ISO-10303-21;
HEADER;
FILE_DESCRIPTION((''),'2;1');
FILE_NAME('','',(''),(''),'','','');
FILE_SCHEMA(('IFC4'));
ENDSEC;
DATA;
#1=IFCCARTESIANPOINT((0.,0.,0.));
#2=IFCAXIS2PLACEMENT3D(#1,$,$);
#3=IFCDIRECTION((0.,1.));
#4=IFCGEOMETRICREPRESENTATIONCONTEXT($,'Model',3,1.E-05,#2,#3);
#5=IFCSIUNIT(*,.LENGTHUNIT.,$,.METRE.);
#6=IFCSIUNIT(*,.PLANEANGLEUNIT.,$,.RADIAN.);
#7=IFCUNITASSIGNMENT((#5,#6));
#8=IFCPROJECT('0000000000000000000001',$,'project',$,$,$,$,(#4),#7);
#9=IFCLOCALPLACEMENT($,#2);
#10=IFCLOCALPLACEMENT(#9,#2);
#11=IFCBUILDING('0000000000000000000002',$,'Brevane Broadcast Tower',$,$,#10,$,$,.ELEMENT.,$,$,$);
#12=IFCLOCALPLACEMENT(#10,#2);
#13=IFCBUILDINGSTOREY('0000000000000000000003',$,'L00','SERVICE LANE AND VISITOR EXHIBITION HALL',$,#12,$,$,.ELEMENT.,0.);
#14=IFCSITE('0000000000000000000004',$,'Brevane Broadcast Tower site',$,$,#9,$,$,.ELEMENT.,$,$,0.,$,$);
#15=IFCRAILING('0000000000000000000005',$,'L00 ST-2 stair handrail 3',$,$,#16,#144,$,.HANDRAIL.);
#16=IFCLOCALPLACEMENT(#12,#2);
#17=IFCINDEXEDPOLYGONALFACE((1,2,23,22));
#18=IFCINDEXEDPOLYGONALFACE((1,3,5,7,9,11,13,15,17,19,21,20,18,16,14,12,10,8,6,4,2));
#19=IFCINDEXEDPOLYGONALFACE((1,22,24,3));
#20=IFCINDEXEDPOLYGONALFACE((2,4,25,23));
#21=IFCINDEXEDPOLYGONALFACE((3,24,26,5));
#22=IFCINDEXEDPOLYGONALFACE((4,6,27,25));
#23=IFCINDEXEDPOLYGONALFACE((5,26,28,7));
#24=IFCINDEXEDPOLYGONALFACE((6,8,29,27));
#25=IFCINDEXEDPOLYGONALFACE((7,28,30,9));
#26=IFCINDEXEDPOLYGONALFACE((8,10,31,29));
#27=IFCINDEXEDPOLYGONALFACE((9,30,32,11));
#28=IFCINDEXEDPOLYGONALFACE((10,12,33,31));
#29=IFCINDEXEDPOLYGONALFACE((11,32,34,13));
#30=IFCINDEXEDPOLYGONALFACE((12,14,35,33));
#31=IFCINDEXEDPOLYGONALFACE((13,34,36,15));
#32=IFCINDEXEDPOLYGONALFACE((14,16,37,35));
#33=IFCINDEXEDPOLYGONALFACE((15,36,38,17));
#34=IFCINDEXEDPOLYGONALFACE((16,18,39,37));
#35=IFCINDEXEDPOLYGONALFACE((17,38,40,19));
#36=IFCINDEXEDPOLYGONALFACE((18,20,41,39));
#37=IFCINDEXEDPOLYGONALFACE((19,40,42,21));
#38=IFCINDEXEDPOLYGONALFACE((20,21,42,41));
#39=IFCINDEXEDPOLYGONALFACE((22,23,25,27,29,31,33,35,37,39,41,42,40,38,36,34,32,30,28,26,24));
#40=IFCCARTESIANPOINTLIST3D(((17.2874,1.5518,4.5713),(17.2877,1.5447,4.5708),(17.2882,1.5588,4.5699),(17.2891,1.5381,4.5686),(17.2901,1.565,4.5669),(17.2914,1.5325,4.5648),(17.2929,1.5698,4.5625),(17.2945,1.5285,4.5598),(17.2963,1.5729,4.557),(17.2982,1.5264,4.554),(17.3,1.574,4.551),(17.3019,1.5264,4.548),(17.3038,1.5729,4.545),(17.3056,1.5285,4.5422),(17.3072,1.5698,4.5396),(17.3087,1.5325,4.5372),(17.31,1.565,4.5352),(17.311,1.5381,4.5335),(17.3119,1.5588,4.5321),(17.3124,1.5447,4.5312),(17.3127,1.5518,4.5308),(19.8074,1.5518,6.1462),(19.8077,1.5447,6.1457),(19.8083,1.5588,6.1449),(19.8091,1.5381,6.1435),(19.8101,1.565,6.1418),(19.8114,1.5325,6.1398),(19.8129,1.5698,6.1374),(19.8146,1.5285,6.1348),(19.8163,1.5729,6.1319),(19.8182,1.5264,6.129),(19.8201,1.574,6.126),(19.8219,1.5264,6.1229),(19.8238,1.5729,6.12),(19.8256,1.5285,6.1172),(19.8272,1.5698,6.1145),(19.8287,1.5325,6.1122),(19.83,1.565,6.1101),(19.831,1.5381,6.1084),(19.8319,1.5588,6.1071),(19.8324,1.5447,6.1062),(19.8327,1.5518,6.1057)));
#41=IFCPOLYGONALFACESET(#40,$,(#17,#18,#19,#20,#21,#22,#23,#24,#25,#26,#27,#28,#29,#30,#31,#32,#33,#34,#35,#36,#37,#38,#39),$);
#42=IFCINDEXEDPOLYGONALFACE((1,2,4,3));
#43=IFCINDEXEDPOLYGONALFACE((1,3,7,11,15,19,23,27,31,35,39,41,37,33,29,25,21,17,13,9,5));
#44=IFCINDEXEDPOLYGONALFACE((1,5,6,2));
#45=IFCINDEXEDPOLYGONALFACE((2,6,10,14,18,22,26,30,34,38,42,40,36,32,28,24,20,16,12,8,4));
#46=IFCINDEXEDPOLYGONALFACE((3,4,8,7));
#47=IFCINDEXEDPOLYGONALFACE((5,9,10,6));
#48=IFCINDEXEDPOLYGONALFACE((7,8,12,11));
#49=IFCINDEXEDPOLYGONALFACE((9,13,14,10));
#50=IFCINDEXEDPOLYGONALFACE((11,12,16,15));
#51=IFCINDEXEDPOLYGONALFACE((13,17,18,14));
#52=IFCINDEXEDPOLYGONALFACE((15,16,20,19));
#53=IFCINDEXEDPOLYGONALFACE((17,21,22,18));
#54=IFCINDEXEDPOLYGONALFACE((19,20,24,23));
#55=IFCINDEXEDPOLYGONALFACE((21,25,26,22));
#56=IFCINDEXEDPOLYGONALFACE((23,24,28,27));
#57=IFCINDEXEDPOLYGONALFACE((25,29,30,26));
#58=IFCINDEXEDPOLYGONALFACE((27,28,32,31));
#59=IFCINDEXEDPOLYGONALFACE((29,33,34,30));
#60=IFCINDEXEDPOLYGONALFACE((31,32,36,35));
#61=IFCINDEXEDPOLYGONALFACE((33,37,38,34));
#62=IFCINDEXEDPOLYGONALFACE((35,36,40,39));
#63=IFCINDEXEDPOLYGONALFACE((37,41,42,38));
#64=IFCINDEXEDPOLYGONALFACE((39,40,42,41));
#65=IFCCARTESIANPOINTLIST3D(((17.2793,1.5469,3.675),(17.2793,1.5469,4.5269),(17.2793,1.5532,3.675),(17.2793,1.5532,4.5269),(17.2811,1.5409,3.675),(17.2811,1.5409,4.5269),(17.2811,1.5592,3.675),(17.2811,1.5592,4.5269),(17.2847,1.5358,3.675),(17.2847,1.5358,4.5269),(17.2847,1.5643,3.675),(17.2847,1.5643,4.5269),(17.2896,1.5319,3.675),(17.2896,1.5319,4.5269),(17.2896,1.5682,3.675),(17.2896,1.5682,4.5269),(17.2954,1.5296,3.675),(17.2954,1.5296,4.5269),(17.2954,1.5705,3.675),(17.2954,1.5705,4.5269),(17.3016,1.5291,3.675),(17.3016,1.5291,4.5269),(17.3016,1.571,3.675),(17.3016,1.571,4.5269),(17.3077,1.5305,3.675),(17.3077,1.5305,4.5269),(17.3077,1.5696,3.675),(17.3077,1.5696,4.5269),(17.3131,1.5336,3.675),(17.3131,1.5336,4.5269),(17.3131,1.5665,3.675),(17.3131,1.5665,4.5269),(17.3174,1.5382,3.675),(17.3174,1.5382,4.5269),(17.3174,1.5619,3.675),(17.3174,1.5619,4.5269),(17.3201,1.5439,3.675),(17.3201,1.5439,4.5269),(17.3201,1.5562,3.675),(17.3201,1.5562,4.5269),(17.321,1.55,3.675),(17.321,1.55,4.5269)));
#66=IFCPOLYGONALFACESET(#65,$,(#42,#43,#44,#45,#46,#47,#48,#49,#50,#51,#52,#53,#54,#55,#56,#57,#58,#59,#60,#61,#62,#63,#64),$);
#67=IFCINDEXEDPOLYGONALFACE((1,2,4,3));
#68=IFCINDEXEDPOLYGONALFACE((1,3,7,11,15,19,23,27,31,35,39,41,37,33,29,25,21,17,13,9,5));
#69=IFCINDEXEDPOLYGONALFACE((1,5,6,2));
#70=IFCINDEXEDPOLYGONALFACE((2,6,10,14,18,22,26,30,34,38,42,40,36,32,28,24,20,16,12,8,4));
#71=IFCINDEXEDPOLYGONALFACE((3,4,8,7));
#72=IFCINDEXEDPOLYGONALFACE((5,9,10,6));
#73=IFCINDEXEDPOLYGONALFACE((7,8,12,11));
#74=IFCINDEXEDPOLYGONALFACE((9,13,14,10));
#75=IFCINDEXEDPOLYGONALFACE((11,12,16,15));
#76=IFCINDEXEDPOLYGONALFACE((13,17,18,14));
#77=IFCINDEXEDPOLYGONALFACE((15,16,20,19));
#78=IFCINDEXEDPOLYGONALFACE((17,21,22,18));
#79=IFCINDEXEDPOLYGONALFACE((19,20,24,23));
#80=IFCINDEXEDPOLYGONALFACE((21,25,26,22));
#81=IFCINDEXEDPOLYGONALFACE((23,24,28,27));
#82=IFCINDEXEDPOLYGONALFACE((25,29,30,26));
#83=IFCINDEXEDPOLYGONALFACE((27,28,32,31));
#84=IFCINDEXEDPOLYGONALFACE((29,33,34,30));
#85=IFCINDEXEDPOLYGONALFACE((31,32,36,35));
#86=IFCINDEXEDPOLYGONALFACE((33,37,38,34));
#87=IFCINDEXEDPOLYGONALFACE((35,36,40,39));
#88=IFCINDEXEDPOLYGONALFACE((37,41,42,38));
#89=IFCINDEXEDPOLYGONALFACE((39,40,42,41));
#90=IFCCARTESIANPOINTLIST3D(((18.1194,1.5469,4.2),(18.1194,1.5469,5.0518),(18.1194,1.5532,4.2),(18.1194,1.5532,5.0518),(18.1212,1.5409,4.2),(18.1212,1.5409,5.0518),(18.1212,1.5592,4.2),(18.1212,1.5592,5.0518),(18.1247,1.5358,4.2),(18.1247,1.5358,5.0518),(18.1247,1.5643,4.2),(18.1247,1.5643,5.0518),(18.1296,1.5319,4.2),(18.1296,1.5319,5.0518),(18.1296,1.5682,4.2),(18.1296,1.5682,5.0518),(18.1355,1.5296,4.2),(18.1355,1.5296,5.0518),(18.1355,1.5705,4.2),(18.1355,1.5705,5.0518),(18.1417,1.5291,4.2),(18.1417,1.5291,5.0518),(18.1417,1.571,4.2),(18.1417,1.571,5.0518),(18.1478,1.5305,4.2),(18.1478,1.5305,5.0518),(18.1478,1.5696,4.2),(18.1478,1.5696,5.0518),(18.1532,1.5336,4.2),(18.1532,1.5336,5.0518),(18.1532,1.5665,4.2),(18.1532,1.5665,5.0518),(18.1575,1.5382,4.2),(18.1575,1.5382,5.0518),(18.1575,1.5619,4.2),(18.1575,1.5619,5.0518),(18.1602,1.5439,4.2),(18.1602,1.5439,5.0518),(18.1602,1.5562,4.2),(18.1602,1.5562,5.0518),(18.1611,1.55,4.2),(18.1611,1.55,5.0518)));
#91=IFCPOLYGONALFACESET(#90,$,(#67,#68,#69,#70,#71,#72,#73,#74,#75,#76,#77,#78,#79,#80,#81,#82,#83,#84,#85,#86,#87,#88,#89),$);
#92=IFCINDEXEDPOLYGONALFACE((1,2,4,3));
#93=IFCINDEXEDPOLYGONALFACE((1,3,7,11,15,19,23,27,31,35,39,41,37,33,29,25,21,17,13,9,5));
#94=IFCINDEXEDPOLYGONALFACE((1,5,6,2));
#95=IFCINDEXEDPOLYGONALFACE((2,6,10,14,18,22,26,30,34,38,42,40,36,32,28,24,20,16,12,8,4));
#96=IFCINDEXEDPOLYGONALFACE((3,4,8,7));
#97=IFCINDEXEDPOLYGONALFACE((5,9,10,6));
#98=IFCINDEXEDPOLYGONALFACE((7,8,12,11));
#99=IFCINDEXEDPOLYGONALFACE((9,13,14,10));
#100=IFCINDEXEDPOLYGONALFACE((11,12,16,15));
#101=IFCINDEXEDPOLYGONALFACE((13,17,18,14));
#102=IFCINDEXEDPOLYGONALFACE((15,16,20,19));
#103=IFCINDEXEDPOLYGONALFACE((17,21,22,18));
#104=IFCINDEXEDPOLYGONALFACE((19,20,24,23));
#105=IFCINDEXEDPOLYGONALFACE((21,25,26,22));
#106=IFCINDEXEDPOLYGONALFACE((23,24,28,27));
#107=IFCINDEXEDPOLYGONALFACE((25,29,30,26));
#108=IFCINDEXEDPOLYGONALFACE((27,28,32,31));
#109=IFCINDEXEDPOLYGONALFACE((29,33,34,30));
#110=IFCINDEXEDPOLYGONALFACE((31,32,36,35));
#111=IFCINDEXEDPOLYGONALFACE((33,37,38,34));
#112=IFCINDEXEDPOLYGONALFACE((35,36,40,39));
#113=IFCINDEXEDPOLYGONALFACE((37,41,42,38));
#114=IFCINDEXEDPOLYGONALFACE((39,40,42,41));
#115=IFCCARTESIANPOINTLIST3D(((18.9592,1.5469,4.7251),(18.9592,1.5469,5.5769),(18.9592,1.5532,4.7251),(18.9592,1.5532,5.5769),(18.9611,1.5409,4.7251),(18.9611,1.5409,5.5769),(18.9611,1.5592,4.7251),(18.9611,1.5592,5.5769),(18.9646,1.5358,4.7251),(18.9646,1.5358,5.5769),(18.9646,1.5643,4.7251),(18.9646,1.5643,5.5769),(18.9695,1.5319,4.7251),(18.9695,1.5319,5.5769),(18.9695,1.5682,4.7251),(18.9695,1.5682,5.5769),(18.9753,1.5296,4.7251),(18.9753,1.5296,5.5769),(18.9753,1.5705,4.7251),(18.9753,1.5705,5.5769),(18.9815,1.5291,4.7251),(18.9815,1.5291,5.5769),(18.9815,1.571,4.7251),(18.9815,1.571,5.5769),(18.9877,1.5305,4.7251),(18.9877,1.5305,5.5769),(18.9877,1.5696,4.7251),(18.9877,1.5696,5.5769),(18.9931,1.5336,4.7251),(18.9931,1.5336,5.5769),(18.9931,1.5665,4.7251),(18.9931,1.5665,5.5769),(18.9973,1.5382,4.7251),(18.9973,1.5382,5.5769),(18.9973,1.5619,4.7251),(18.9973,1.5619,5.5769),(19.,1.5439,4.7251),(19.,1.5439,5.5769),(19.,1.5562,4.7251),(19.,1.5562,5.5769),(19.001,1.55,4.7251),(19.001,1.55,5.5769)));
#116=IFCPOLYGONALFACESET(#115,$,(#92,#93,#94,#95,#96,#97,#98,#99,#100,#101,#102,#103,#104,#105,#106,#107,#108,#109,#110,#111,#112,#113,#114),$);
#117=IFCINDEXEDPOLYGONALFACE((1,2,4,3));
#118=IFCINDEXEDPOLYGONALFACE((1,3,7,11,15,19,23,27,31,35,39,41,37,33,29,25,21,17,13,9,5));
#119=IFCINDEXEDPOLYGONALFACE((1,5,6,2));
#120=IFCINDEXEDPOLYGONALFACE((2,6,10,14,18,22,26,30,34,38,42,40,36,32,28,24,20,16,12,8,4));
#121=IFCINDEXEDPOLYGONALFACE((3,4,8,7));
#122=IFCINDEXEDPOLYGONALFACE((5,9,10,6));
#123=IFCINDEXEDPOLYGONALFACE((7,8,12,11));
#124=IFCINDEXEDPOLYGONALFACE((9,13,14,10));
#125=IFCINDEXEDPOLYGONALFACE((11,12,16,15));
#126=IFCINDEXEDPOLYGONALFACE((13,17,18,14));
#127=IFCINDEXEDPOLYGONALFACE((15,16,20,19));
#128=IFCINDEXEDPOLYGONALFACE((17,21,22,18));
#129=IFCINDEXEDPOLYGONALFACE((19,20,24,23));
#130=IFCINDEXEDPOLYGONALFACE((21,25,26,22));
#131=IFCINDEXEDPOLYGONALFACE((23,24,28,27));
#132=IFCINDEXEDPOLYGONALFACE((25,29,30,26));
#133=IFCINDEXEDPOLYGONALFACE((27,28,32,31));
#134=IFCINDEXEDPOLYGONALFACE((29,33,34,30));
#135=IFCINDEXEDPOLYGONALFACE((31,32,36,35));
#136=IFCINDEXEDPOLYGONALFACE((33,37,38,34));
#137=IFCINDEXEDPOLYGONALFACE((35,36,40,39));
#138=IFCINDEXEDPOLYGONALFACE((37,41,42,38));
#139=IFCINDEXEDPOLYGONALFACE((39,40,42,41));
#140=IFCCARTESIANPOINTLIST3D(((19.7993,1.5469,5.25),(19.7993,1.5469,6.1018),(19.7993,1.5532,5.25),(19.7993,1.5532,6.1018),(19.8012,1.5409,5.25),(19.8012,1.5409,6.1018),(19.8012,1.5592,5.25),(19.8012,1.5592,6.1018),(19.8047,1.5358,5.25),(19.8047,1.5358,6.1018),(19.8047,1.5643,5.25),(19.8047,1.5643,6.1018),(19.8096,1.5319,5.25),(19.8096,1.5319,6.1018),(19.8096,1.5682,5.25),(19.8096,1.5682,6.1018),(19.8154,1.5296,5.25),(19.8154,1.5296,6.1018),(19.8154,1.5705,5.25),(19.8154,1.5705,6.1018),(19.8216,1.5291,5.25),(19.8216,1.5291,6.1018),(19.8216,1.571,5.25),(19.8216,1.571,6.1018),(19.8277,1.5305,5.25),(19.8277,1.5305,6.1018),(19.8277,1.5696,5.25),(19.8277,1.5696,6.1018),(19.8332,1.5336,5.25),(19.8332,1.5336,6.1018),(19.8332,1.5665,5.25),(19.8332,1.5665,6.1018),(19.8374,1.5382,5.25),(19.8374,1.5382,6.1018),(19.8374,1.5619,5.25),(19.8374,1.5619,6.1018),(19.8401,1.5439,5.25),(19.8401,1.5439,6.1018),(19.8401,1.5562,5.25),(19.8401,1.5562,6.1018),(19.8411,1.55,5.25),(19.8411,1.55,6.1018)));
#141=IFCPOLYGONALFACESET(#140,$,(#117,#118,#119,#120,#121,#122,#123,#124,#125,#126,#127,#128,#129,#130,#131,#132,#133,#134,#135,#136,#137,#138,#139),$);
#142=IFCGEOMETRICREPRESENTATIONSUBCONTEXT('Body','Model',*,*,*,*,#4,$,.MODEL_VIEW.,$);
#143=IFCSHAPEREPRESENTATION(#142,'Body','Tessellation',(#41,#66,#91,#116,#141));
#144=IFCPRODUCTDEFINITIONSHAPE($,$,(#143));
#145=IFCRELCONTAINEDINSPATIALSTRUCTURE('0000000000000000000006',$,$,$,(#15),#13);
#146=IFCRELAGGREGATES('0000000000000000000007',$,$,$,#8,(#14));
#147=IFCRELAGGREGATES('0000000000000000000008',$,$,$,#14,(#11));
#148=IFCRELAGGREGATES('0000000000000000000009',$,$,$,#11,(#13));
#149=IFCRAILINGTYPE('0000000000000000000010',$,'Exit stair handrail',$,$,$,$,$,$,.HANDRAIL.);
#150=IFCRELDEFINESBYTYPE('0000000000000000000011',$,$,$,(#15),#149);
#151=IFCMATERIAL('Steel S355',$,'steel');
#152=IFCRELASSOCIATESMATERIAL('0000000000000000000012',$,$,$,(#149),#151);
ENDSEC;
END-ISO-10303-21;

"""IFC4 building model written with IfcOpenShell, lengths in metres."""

from ifc_helpers import new_model, si_unit, direction, frame, origin, origin_2d, place, context, subcontext, project, spatial, circle, extrude, material, type_object, element, save


model = new_model("IFC4")

# Units and contexts
model_context = context("Model", 3, precision=1e-05, world=origin(), true_north=direction((0.0, 1.0)))
body_context = subcontext(model_context, "Body", "Model", "MODEL_VIEW")
ifc_project = project(units=[si_unit("LENGTHUNIT", "METRE"), si_unit("PLANEANGLEUNIT", "RADIAN")], contexts=[model_context])

# Site, building, storey
site_placement = place(None, origin())
site = spatial("IfcSite", under=ifc_project, at=site_placement, Name="Brevane Broadcast Tower site", CompositionType="ELEMENT", RefElevation=0.0)
building_placement = place(site_placement, origin())
building = spatial("IfcBuilding", under=site, at=building_placement, Name="Brevane Broadcast Tower", CompositionType="ELEMENT")
storey_placement = place(building_placement, origin())
storey = spatial("IfcBuildingStorey", under=building, at=storey_placement, Name="L00", Description="SERVICE LANE AND VISITOR EXHIBITION HALL", CompositionType="ELEMENT", Elevation=0.0)

# Railing
ifc_material_1 = material(Name="Steel S355", Category="steel")
railing_type_1 = type_object("IfcRailingType", Name="Exit stair handrail", PredefinedType="HANDRAIL", material=ifc_material_1)
for number, where, name in (
    (1, (17.3, 1.55, 3.675), "L00 ST-2 stair handrail 3"),
):
    element("IfcRailing", number, at=place(storey_placement, frame(where)), inside=storey, type_object=railing_type_1, Name=name, PredefinedType="HANDRAIL", context=body_context, shape_type="SweptSolid", body=[
        extrude(circle(Radius=0.0239, at=origin_2d()), frame((0.0, 0.0, 0.876), z_axis=(0.848008, 0.0, 0.529984), x_axis=(0.0, 1.0, 0.0)), (0.0, 0.0, 1.0), 2.9717),
        extrude(circle(Radius=0.021, at=origin_2d()), origin(), (0.0, 0.0, 1.0), 0.8518),
        extrude(circle(Radius=0.021, at=origin_2d()), frame((0.8401, 0.0, 0.5249)), (0.0, 0.0, 1.0), 0.8518),
        extrude(circle(Radius=0.021, at=origin_2d()), frame((1.6799, 0.0, 1.05)), (0.0, 0.0, 1.0), 0.8518),
        extrude(circle(Radius=0.021, at=origin_2d()), frame((2.52, 0.0, 1.575)), (0.0, 0.0, 1.0), 0.8518),
    ])

save(model, "model.ifc")
